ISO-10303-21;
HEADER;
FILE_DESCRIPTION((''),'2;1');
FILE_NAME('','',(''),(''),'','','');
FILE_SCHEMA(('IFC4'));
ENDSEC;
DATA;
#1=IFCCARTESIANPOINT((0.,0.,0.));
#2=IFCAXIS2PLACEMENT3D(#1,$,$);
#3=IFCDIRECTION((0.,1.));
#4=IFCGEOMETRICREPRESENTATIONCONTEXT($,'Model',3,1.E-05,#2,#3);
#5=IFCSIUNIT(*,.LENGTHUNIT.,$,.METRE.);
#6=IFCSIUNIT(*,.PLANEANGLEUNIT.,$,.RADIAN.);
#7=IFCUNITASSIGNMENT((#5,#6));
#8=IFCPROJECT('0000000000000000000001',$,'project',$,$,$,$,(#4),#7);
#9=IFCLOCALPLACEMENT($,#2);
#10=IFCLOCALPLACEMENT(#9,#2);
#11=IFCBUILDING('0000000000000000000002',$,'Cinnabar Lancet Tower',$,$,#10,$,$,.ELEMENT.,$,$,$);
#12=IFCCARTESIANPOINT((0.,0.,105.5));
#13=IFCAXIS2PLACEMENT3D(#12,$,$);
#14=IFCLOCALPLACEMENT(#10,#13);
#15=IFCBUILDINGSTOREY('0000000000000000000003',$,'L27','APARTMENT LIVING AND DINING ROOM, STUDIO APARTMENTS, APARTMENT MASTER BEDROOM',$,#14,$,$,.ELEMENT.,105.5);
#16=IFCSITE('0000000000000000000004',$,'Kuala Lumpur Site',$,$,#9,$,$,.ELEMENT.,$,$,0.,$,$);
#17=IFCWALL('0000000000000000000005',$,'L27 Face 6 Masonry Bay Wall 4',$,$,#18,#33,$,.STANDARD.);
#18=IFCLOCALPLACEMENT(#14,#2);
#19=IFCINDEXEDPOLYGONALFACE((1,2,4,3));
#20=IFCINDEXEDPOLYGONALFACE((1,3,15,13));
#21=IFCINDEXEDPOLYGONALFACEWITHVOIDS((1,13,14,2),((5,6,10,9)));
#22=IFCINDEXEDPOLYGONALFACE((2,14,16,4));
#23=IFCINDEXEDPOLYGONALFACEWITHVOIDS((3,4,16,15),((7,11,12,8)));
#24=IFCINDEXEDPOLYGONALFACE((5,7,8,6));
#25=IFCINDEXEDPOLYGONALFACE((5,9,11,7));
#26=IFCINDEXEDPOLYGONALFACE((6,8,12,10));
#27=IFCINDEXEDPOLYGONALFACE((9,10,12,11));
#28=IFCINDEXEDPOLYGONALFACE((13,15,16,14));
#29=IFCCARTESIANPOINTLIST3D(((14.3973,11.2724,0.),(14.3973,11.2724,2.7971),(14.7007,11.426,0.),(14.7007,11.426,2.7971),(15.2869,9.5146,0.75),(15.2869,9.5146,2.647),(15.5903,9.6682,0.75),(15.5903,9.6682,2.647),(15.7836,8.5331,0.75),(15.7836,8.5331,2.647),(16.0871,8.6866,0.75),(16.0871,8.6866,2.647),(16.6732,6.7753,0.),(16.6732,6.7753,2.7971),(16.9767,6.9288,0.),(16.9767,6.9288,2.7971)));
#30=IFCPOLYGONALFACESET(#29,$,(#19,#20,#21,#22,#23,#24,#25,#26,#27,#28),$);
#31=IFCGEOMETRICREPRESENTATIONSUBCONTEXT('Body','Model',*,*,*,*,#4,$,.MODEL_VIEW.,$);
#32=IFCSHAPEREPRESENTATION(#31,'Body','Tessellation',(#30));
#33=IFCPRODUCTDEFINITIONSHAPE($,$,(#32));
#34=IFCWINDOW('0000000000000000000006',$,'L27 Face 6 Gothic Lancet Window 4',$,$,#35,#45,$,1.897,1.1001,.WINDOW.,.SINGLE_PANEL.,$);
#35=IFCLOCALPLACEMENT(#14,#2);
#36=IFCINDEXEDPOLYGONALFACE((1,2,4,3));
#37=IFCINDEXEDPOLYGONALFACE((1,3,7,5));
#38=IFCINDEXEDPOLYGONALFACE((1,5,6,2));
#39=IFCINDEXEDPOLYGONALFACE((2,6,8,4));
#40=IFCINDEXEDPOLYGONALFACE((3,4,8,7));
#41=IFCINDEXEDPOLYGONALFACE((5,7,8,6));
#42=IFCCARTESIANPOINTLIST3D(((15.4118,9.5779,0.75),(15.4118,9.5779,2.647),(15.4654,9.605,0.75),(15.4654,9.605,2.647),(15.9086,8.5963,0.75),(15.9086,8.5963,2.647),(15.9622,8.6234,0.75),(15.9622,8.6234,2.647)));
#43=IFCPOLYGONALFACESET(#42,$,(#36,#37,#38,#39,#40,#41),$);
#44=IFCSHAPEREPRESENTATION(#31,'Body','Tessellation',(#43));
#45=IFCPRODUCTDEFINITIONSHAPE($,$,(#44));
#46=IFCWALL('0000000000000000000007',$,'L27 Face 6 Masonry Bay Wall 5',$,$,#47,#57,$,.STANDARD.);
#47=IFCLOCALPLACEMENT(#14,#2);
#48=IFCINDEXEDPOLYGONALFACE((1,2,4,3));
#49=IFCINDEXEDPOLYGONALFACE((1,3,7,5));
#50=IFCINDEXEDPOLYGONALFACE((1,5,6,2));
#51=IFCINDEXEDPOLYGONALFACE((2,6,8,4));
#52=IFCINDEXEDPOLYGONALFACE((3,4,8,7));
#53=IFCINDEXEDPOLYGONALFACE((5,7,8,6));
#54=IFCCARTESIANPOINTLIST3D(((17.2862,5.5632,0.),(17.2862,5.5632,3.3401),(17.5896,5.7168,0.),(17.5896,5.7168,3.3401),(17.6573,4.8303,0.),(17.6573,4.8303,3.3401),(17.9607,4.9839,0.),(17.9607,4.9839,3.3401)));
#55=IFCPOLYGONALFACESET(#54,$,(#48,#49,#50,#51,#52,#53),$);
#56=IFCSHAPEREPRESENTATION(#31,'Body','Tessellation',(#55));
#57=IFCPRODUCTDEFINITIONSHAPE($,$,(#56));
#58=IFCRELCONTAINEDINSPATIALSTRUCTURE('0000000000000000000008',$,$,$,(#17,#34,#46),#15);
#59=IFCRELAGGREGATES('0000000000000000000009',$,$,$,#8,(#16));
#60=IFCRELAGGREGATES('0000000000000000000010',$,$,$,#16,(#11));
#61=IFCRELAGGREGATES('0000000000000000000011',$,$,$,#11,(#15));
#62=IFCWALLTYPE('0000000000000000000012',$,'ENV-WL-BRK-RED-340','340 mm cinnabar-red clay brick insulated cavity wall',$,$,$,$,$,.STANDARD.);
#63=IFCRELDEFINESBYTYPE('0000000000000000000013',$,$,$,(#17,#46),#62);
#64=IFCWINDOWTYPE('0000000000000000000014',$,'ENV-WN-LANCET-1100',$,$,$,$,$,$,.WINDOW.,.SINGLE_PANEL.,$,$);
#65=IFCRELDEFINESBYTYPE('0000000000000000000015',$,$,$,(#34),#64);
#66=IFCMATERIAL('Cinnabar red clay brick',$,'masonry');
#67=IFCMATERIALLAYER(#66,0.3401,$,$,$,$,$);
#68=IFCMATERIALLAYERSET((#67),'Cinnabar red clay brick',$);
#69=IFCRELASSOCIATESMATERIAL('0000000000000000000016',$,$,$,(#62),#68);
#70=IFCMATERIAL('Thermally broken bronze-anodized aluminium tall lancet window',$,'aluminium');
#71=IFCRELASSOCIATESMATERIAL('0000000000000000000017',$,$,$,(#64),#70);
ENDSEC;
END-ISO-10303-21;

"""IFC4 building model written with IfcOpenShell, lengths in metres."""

from ifc_helpers import new_model, si_unit, direction, frame, frame_2d, origin, place, context, subcontext, project, spatial, rectangle, extrude, material, layer, layer_set, type_object, element, fill, save


model = new_model("IFC4")

# Units and contexts
model_context = context("Model", 3, precision=1e-05, world=origin(), true_north=direction((0.0, 1.0)))
body_context = subcontext(model_context, "Body", "Model", "MODEL_VIEW")
ifc_project = project(units=[si_unit("LENGTHUNIT", "METRE"), si_unit("PLANEANGLEUNIT", "RADIAN")], contexts=[model_context])

# Site, building, storey
site_placement = place(None, origin())
site = spatial("IfcSite", under=ifc_project, at=site_placement, Name="Kuala Lumpur Site", CompositionType="ELEMENT", RefElevation=0.0)
building_placement = place(site_placement, origin())
building = spatial("IfcBuilding", under=site, at=building_placement, Name="Cinnabar Lancet Tower", CompositionType="ELEMENT")
storey_placement = place(building_placement, frame((0.0, 0.0, 105.5)))
storey = spatial("IfcBuildingStorey", under=building, at=storey_placement, Name="L27", Description="APARTMENT LIVING AND DINING ROOM, STUDIO APARTMENTS, APARTMENT MASTER BEDROOM", CompositionType="ELEMENT", Elevation=105.5)

# Shared definitions
ifc_material_1 = material(Name="Cinnabar red clay brick", Category="masonry")
ifc_layer_1 = layer(ifc_material_1, 0.3401)
ifc_layer_set_1 = layer_set([ifc_layer_1], Name="Cinnabar red clay brick")
wall_type = type_object("IfcWallType", Name="ENV-WL-BRK-RED-340", Description="340 mm cinnabar-red clay brick insulated cavity wall", PredefinedType="STANDARD", material=ifc_layer_set_1)

# Wall, opening, window
wall_1_placement = place(storey_placement, frame((14.5491, 11.3491, 0.0), z_axis=(0.0, 0.0, 1.0), x_axis=(0.451548, -0.892247, 0.0)))
wall_1 = element("IfcWall", 1, at=wall_1_placement, inside=storey, type_object=wall_type, Name="L27 Face 6 Masonry Bay Wall 4", PredefinedType="STANDARD", context=body_context, shape_type="SweptSolid", body=[
    extrude(rectangle(XDim=5.0403, YDim=0.3401, at=frame_2d((2.52, 0.0))), origin(), (0.0, 0.0, 1.0), 2.7971),
])
opening_placement = place(wall_1_placement, frame((1.97, 0.0, 0.75)))
opening = element("IfcOpeningElement", 2, at=opening_placement, cuts=wall_1, PredefinedType="OPENING", context=body_context, shape_type="SweptSolid", body=[
    extrude(rectangle(XDim=1.1001, YDim=1.897, at=frame_2d((0.55, 0.9485))), frame((0.0, 0.1799, 0.0), z_axis=(0.0, -1.0, 0.0), x_axis=(1.0, 0.0, 0.0)), (0.0, 0.0, 1.0), 0.3601),
])
ifc_material_2 = material(Name="Thermally broken bronze-anodized aluminium tall lancet window", Category="aluminium")
window_type = type_object("IfcWindowType", Name="ENV-WN-LANCET-1100", PartitioningType="SINGLE_PANEL", PredefinedType="WINDOW", material=ifc_material_2)
window_placement = place(opening_placement, origin())
window = element("IfcWindow", 3, at=window_placement, inside=storey, type_object=window_type, Name="L27 Face 6 Gothic Lancet Window 4", OverallHeight=1.897, OverallWidth=1.1001, PartitioningType="SINGLE_PANEL", PredefinedType="WINDOW", context=body_context, shape_type="SweptSolid", body=[
    extrude(rectangle(XDim=1.1001, YDim=1.897, at=frame_2d((0.55, 0.9485))), frame((0.0, 0.03, 0.0), z_axis=(0.0, -1.0, 0.0), x_axis=(1.0, 0.0, 0.0)), (0.0, 0.0, 1.0), 0.0601),
])
fill(opening, window)

# Wall
wall_2_placement = place(storey_placement, frame((17.438, 5.6399, 0.0), z_axis=(0.0, 0.0, 1.0), x_axis=(0.451725, -0.892157, 0.0)))
element("IfcWall", 4, at=wall_2_placement, inside=storey, type_object=wall_type, Name="L27 Face 6 Masonry Bay Wall 5", PredefinedType="STANDARD", context=body_context, shape_type="SweptSolid", body=[
    extrude(rectangle(XDim=0.8215, YDim=0.3401, at=frame_2d((0.4106, 0.0))), origin(), (0.0, 0.0, 1.0), 3.3401),
])

save(model, "model.ifc")
